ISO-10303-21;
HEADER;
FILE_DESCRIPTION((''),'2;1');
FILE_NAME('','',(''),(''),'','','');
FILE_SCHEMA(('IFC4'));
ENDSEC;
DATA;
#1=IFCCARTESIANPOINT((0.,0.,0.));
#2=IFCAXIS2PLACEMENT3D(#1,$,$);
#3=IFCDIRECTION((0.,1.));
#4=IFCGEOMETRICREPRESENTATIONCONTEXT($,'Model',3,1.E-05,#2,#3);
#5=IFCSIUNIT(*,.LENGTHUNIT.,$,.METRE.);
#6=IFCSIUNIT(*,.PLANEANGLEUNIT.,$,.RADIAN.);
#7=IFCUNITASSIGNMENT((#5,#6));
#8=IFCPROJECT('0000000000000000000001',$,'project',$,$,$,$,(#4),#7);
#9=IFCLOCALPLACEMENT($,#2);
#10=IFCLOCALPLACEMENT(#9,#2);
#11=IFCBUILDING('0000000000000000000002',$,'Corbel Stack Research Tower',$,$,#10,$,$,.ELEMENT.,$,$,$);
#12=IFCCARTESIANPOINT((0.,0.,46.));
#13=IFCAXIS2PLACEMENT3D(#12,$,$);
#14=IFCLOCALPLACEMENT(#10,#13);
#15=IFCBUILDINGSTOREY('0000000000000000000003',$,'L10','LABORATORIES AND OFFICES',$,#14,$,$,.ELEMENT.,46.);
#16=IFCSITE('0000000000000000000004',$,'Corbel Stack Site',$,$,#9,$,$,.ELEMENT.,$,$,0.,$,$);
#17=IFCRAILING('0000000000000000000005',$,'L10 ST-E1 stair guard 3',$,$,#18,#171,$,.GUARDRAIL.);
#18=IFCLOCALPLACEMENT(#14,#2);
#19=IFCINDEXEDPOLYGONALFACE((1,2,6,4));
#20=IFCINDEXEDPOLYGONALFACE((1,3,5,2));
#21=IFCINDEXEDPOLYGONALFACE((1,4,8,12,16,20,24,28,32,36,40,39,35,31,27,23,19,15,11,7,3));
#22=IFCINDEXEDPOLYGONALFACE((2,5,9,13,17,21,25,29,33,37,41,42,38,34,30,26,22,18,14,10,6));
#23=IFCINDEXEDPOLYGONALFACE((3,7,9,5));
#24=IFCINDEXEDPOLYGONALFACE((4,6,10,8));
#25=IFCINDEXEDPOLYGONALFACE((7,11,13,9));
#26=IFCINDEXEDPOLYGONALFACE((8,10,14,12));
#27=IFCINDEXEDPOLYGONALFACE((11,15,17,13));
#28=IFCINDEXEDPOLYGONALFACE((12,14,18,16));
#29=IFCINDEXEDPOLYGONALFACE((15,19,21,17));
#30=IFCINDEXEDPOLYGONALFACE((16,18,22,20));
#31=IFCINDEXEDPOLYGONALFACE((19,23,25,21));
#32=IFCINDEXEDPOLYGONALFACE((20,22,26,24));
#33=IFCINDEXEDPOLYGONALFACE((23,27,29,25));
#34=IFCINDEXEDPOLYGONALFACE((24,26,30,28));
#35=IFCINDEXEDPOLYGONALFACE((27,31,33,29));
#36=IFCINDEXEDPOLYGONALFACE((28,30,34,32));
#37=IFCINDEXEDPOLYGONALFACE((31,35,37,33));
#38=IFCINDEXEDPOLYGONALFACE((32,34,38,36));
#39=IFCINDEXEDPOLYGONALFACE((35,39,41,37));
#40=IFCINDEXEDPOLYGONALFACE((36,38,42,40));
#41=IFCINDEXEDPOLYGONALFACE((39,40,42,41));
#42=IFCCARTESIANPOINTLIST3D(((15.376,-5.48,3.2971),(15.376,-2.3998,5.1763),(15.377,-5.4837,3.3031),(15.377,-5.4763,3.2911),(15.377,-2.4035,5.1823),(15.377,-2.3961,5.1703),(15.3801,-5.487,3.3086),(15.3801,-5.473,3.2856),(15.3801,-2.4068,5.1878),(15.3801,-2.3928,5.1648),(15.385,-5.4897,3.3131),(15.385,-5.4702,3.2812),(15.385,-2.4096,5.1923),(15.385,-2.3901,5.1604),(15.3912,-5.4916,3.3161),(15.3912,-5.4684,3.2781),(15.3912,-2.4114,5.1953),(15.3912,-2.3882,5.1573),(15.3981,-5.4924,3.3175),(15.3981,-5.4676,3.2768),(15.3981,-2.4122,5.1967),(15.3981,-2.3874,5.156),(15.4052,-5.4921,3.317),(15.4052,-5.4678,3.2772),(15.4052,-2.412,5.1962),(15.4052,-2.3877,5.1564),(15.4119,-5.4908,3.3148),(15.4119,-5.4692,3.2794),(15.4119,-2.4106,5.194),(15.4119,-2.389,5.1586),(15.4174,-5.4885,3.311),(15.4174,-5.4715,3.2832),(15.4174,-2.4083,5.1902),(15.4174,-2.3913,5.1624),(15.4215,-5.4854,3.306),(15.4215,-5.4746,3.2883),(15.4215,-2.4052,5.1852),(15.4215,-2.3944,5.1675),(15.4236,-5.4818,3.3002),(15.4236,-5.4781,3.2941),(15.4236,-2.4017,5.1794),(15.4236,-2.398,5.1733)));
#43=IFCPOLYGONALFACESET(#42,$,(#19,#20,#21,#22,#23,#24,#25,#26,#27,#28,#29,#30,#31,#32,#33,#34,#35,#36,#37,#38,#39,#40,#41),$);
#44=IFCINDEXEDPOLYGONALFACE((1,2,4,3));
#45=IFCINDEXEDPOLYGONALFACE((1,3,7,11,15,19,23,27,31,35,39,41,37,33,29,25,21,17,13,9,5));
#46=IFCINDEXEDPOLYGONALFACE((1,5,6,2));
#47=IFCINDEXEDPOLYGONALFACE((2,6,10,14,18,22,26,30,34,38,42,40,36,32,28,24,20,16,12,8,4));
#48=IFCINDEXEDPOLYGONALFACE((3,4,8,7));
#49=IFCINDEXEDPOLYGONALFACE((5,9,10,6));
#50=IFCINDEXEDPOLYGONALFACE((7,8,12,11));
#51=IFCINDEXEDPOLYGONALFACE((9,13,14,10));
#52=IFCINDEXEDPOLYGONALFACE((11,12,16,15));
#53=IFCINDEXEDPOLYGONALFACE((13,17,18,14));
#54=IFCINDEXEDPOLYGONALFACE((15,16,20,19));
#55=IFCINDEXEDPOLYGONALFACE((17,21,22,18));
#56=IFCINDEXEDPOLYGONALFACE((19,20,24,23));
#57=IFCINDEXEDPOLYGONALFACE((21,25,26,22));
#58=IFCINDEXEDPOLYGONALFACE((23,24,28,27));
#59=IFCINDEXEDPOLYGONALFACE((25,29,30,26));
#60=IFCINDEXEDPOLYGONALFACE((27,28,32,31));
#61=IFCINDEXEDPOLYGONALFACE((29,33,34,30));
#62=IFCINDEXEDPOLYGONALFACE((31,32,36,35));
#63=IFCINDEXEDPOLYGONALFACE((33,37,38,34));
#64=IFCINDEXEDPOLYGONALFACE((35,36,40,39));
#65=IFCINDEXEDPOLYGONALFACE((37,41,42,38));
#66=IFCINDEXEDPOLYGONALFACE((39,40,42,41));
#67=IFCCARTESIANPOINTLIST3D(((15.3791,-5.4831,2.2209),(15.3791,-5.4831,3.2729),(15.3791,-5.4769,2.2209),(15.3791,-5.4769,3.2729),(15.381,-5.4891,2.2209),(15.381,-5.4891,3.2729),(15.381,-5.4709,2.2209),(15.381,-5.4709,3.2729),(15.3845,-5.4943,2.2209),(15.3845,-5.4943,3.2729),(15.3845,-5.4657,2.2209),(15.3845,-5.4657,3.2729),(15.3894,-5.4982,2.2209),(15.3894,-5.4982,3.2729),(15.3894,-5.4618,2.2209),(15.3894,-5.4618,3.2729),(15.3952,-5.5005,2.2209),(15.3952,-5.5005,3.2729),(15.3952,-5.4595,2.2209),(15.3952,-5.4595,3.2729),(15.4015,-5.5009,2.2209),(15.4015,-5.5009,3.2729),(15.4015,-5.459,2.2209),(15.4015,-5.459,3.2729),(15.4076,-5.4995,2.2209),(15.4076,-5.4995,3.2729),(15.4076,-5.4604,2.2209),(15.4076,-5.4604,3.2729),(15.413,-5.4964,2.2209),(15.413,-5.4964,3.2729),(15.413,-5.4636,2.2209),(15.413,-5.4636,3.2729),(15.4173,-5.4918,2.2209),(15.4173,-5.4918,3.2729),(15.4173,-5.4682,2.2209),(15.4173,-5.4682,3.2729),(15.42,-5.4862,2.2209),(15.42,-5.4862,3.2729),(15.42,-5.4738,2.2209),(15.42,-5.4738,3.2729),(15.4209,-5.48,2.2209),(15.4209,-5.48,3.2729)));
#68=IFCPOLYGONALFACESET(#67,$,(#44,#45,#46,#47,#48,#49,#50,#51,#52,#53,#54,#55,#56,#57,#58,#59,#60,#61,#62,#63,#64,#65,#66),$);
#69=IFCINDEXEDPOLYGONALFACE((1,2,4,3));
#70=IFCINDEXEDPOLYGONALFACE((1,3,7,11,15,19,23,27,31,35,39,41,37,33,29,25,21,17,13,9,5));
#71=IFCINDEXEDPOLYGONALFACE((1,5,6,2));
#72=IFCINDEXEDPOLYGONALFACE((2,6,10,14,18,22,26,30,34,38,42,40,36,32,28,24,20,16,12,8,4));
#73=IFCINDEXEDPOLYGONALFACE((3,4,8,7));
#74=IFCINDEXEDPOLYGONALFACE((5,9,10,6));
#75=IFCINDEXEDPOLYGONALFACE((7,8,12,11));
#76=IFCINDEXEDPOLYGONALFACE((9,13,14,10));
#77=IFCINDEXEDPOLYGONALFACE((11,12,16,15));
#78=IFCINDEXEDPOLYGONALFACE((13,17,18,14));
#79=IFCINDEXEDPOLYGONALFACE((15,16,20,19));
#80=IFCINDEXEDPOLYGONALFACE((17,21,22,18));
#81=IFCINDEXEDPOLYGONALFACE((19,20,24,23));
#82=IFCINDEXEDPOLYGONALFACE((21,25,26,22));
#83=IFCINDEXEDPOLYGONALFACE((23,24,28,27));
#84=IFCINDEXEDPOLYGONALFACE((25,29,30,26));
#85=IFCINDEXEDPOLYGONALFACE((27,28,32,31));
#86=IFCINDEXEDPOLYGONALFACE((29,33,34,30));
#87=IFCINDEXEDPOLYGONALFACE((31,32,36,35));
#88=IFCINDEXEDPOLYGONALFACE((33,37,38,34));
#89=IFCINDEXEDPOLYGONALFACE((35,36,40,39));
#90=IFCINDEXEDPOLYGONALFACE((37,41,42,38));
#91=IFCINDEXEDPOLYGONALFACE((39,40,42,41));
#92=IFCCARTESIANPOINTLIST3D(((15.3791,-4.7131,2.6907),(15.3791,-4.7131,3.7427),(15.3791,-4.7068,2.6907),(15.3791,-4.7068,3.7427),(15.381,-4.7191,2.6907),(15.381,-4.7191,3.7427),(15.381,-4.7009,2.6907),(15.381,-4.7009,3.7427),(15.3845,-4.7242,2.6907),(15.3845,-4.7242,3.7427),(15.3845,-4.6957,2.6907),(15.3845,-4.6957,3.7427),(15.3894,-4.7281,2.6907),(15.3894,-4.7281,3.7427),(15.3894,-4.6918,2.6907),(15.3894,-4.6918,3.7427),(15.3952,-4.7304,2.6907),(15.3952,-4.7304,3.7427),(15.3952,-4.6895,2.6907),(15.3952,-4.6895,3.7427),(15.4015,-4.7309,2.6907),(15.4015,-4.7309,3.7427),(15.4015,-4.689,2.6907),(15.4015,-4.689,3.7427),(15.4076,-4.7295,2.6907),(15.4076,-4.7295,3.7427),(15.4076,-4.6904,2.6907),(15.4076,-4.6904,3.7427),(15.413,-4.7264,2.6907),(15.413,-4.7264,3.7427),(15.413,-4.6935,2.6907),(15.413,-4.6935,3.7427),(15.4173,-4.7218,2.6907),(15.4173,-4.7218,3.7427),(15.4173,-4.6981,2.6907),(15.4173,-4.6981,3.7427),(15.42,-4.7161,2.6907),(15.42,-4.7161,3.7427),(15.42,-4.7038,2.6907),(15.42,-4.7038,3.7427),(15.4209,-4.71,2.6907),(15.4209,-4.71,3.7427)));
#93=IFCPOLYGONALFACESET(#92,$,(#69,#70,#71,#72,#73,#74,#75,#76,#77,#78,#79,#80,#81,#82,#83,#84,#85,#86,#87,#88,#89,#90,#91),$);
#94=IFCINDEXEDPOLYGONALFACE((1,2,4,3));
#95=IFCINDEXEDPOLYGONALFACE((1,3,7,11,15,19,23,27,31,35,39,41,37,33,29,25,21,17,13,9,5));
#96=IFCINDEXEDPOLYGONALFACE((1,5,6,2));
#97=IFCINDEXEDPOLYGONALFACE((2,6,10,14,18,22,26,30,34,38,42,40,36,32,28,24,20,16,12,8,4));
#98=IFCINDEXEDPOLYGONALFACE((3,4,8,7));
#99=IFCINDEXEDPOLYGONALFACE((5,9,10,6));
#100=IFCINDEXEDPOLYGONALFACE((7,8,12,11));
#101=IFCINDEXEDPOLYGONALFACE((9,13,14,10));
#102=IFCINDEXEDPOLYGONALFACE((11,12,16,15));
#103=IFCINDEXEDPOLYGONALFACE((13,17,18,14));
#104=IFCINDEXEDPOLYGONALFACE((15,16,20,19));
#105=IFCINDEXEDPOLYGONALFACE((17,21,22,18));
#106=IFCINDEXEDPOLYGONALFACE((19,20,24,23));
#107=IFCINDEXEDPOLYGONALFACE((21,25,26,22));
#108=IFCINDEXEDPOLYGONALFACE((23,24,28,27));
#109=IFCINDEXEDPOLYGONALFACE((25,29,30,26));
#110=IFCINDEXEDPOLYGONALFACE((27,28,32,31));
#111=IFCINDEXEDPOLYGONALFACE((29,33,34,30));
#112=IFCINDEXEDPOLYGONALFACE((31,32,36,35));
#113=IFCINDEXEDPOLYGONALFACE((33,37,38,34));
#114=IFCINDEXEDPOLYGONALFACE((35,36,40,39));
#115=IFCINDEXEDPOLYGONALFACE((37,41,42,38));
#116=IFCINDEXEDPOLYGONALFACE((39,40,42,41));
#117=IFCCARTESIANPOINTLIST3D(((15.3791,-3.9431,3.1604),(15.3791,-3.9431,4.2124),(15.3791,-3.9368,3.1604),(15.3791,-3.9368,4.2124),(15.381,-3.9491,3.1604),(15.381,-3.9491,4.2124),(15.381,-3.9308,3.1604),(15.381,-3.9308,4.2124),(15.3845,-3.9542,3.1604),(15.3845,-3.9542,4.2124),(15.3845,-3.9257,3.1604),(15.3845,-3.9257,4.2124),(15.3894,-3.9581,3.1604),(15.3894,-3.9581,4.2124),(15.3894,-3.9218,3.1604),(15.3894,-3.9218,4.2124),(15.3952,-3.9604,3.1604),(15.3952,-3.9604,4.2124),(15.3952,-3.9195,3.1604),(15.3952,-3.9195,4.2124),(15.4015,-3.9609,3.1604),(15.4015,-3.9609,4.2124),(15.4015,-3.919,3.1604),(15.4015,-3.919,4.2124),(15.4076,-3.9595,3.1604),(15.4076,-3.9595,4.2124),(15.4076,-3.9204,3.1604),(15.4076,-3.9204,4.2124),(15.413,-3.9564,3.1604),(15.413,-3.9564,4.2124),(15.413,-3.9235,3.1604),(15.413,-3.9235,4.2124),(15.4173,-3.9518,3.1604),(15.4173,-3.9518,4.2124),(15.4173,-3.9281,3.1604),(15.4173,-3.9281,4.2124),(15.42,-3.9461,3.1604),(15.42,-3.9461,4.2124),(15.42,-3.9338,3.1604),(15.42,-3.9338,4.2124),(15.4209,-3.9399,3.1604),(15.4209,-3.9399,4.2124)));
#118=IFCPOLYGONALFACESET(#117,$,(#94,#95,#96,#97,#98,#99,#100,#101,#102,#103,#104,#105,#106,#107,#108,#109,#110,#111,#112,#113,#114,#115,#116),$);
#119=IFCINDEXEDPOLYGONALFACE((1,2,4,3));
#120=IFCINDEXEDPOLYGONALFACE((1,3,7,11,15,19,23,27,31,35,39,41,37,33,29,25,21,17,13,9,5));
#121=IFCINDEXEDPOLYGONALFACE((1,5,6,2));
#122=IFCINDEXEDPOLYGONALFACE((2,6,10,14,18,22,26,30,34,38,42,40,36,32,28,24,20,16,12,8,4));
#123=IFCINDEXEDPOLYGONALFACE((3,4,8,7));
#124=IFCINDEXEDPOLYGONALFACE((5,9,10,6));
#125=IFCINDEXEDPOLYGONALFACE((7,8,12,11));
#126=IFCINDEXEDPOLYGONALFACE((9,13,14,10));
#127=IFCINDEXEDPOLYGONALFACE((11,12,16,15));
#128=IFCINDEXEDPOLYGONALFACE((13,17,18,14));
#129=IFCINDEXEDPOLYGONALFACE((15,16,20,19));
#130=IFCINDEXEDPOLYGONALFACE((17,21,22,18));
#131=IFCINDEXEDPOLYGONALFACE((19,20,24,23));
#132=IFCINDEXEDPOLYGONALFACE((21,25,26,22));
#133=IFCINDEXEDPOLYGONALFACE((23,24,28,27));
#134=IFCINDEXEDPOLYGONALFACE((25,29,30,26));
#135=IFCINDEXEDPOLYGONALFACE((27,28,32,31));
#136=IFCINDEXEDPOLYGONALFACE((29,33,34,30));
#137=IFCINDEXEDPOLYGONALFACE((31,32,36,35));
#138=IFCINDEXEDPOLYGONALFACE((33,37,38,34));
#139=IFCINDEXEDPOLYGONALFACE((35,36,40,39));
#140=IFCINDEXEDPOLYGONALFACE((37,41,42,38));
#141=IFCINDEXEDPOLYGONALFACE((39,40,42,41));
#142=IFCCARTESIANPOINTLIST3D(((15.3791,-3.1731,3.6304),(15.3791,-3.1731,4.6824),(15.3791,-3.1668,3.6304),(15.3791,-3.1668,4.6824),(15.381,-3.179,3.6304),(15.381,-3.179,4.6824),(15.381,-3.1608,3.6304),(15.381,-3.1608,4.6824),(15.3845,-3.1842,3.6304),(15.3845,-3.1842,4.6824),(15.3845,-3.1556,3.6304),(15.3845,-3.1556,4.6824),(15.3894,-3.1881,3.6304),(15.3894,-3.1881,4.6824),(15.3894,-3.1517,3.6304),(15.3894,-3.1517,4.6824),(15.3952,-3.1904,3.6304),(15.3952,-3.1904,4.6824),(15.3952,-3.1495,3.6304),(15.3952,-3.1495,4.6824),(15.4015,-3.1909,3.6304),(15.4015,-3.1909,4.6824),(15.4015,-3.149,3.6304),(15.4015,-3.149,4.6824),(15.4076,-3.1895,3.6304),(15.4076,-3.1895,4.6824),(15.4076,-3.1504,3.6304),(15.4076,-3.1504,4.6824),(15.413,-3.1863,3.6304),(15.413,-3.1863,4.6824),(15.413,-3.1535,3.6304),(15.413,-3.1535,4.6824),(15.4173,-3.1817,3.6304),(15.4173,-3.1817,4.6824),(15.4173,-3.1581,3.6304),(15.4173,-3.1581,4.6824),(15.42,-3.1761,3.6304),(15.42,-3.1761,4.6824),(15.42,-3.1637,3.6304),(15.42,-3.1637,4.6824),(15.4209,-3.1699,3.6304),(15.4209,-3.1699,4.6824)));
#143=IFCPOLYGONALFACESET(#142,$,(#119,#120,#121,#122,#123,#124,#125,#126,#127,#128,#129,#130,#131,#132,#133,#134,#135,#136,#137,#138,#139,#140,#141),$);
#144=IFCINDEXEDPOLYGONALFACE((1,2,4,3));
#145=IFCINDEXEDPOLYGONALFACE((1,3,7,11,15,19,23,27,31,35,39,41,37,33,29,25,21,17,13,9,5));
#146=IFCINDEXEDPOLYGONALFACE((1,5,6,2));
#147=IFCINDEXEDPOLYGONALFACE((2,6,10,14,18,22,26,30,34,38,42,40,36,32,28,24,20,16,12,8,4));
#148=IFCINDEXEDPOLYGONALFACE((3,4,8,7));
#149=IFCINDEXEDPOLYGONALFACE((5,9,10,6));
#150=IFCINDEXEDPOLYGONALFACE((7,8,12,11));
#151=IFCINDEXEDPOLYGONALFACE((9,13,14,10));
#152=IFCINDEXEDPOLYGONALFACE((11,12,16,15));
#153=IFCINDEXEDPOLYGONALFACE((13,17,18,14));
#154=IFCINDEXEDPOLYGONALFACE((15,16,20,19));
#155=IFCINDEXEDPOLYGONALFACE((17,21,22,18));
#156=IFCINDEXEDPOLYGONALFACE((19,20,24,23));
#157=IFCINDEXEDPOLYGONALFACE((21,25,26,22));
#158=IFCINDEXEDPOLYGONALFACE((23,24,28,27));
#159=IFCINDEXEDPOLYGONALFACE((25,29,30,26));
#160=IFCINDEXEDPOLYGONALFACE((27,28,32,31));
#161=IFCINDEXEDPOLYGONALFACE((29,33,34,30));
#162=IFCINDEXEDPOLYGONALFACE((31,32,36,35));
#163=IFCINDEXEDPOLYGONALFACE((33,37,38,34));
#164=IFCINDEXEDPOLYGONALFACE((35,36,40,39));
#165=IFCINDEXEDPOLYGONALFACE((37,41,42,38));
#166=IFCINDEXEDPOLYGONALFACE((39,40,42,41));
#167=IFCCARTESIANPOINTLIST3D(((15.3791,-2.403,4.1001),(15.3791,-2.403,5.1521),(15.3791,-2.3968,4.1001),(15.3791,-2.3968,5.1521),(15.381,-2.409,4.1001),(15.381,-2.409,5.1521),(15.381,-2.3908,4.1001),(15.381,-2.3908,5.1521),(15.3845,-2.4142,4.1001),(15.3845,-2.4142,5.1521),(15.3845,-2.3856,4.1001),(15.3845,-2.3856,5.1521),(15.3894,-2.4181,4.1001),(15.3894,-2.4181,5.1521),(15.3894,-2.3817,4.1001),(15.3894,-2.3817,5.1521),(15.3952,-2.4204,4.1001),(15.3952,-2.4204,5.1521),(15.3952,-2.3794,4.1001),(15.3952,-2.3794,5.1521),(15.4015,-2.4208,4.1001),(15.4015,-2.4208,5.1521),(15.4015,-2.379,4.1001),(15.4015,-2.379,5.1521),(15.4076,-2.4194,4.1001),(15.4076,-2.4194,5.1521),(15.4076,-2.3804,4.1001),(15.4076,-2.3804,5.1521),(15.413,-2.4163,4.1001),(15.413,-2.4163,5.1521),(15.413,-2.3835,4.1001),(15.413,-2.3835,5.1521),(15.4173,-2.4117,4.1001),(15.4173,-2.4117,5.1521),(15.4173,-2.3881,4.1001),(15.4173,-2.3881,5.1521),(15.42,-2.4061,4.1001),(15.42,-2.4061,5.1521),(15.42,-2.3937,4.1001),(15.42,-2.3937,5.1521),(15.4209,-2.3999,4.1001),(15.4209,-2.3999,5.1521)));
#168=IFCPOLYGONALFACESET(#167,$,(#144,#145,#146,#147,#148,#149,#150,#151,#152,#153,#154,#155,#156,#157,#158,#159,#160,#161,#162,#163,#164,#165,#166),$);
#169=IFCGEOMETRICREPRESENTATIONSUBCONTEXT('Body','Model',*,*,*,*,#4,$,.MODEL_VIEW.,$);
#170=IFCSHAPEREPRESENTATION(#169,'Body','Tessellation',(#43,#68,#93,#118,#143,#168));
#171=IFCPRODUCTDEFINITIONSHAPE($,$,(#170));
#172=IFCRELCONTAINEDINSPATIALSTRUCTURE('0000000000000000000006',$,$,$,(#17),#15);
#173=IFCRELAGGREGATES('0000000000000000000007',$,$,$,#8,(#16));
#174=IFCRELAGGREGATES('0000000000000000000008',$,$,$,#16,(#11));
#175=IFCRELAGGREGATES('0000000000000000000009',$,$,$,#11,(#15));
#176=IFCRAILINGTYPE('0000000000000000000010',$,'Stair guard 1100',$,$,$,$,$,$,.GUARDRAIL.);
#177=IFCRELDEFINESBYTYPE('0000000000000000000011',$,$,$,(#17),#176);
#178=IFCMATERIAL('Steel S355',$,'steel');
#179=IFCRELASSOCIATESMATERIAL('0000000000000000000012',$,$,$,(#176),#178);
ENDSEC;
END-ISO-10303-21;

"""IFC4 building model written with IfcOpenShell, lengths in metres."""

from ifc_helpers import new_model, si_unit, direction, frame, origin, origin_2d, place, context, subcontext, project, spatial, circle, extrude, material, type_object, element, save


model = new_model("IFC4")

# Units and contexts
model_context = context("Model", 3, precision=1e-05, world=origin(), true_north=direction((0.0, 1.0)))
body_context = subcontext(model_context, "Body", "Model", "MODEL_VIEW")
ifc_project = project(units=[si_unit("LENGTHUNIT", "METRE"), si_unit("PLANEANGLEUNIT", "RADIAN")], contexts=[model_context])

# Site, building, storey
site_placement = place(None, origin())
site = spatial("IfcSite", under=ifc_project, at=site_placement, Name="Corbel Stack Site", CompositionType="ELEMENT", RefElevation=0.0)
building_placement = place(site_placement, origin())
building = spatial("IfcBuilding", under=site, at=building_placement, Name="Corbel Stack Research Tower", CompositionType="ELEMENT")
storey_placement = place(building_placement, frame((0.0, 0.0, 46.0)))
storey = spatial("IfcBuildingStorey", under=building, at=storey_placement, Name="L10", Description="LABORATORIES AND OFFICES", CompositionType="ELEMENT", Elevation=46.0)

# Railing
ifc_material_1 = material(Name="Steel S355", Category="steel")
railing_type_1 = type_object("IfcRailingType", Name="Stair guard 1100", PredefinedType="GUARDRAIL", material=ifc_material_1)
railing_1_placement = place(storey_placement, frame((15.3999, -5.48, 2.2209)))
element("IfcRailing", 1, at=railing_1_placement, inside=storey, type_object=railing_type_1, Name="L10 ST-E1 stair guard 3", PredefinedType="GUARDRAIL", context=body_context, shape_type="SweptSolid", body=[
    extrude(circle(Radius=0.0239, at=origin_2d()), frame((0.0, 0.0, 1.0762), z_axis=(0.0, 0.853666, 0.52082), x_axis=(-1.0, 0.0, 0.0)), (0.0, 0.0, 1.0), 3.6082),
    extrude(circle(Radius=0.021, at=origin_2d()), origin(), (0.0, 0.0, 1.0), 1.052),
    extrude(circle(Radius=0.021, at=origin_2d()), frame((0.0, 0.77, 0.4697)), (0.0, 0.0, 1.0), 1.052),
    extrude(circle(Radius=0.021, at=origin_2d()), frame((0.0, 1.54, 0.9395)), (0.0, 0.0, 1.0), 1.052),
    extrude(circle(Radius=0.021, at=origin_2d()), frame((0.0, 2.3101, 1.4094)), (0.0, 0.0, 1.0), 1.052),
    extrude(circle(Radius=0.021, at=origin_2d()), frame((0.0, 3.0801, 1.8792)), (0.0, 0.0, 1.0), 1.052),
])

save(model, "model.ifc")
